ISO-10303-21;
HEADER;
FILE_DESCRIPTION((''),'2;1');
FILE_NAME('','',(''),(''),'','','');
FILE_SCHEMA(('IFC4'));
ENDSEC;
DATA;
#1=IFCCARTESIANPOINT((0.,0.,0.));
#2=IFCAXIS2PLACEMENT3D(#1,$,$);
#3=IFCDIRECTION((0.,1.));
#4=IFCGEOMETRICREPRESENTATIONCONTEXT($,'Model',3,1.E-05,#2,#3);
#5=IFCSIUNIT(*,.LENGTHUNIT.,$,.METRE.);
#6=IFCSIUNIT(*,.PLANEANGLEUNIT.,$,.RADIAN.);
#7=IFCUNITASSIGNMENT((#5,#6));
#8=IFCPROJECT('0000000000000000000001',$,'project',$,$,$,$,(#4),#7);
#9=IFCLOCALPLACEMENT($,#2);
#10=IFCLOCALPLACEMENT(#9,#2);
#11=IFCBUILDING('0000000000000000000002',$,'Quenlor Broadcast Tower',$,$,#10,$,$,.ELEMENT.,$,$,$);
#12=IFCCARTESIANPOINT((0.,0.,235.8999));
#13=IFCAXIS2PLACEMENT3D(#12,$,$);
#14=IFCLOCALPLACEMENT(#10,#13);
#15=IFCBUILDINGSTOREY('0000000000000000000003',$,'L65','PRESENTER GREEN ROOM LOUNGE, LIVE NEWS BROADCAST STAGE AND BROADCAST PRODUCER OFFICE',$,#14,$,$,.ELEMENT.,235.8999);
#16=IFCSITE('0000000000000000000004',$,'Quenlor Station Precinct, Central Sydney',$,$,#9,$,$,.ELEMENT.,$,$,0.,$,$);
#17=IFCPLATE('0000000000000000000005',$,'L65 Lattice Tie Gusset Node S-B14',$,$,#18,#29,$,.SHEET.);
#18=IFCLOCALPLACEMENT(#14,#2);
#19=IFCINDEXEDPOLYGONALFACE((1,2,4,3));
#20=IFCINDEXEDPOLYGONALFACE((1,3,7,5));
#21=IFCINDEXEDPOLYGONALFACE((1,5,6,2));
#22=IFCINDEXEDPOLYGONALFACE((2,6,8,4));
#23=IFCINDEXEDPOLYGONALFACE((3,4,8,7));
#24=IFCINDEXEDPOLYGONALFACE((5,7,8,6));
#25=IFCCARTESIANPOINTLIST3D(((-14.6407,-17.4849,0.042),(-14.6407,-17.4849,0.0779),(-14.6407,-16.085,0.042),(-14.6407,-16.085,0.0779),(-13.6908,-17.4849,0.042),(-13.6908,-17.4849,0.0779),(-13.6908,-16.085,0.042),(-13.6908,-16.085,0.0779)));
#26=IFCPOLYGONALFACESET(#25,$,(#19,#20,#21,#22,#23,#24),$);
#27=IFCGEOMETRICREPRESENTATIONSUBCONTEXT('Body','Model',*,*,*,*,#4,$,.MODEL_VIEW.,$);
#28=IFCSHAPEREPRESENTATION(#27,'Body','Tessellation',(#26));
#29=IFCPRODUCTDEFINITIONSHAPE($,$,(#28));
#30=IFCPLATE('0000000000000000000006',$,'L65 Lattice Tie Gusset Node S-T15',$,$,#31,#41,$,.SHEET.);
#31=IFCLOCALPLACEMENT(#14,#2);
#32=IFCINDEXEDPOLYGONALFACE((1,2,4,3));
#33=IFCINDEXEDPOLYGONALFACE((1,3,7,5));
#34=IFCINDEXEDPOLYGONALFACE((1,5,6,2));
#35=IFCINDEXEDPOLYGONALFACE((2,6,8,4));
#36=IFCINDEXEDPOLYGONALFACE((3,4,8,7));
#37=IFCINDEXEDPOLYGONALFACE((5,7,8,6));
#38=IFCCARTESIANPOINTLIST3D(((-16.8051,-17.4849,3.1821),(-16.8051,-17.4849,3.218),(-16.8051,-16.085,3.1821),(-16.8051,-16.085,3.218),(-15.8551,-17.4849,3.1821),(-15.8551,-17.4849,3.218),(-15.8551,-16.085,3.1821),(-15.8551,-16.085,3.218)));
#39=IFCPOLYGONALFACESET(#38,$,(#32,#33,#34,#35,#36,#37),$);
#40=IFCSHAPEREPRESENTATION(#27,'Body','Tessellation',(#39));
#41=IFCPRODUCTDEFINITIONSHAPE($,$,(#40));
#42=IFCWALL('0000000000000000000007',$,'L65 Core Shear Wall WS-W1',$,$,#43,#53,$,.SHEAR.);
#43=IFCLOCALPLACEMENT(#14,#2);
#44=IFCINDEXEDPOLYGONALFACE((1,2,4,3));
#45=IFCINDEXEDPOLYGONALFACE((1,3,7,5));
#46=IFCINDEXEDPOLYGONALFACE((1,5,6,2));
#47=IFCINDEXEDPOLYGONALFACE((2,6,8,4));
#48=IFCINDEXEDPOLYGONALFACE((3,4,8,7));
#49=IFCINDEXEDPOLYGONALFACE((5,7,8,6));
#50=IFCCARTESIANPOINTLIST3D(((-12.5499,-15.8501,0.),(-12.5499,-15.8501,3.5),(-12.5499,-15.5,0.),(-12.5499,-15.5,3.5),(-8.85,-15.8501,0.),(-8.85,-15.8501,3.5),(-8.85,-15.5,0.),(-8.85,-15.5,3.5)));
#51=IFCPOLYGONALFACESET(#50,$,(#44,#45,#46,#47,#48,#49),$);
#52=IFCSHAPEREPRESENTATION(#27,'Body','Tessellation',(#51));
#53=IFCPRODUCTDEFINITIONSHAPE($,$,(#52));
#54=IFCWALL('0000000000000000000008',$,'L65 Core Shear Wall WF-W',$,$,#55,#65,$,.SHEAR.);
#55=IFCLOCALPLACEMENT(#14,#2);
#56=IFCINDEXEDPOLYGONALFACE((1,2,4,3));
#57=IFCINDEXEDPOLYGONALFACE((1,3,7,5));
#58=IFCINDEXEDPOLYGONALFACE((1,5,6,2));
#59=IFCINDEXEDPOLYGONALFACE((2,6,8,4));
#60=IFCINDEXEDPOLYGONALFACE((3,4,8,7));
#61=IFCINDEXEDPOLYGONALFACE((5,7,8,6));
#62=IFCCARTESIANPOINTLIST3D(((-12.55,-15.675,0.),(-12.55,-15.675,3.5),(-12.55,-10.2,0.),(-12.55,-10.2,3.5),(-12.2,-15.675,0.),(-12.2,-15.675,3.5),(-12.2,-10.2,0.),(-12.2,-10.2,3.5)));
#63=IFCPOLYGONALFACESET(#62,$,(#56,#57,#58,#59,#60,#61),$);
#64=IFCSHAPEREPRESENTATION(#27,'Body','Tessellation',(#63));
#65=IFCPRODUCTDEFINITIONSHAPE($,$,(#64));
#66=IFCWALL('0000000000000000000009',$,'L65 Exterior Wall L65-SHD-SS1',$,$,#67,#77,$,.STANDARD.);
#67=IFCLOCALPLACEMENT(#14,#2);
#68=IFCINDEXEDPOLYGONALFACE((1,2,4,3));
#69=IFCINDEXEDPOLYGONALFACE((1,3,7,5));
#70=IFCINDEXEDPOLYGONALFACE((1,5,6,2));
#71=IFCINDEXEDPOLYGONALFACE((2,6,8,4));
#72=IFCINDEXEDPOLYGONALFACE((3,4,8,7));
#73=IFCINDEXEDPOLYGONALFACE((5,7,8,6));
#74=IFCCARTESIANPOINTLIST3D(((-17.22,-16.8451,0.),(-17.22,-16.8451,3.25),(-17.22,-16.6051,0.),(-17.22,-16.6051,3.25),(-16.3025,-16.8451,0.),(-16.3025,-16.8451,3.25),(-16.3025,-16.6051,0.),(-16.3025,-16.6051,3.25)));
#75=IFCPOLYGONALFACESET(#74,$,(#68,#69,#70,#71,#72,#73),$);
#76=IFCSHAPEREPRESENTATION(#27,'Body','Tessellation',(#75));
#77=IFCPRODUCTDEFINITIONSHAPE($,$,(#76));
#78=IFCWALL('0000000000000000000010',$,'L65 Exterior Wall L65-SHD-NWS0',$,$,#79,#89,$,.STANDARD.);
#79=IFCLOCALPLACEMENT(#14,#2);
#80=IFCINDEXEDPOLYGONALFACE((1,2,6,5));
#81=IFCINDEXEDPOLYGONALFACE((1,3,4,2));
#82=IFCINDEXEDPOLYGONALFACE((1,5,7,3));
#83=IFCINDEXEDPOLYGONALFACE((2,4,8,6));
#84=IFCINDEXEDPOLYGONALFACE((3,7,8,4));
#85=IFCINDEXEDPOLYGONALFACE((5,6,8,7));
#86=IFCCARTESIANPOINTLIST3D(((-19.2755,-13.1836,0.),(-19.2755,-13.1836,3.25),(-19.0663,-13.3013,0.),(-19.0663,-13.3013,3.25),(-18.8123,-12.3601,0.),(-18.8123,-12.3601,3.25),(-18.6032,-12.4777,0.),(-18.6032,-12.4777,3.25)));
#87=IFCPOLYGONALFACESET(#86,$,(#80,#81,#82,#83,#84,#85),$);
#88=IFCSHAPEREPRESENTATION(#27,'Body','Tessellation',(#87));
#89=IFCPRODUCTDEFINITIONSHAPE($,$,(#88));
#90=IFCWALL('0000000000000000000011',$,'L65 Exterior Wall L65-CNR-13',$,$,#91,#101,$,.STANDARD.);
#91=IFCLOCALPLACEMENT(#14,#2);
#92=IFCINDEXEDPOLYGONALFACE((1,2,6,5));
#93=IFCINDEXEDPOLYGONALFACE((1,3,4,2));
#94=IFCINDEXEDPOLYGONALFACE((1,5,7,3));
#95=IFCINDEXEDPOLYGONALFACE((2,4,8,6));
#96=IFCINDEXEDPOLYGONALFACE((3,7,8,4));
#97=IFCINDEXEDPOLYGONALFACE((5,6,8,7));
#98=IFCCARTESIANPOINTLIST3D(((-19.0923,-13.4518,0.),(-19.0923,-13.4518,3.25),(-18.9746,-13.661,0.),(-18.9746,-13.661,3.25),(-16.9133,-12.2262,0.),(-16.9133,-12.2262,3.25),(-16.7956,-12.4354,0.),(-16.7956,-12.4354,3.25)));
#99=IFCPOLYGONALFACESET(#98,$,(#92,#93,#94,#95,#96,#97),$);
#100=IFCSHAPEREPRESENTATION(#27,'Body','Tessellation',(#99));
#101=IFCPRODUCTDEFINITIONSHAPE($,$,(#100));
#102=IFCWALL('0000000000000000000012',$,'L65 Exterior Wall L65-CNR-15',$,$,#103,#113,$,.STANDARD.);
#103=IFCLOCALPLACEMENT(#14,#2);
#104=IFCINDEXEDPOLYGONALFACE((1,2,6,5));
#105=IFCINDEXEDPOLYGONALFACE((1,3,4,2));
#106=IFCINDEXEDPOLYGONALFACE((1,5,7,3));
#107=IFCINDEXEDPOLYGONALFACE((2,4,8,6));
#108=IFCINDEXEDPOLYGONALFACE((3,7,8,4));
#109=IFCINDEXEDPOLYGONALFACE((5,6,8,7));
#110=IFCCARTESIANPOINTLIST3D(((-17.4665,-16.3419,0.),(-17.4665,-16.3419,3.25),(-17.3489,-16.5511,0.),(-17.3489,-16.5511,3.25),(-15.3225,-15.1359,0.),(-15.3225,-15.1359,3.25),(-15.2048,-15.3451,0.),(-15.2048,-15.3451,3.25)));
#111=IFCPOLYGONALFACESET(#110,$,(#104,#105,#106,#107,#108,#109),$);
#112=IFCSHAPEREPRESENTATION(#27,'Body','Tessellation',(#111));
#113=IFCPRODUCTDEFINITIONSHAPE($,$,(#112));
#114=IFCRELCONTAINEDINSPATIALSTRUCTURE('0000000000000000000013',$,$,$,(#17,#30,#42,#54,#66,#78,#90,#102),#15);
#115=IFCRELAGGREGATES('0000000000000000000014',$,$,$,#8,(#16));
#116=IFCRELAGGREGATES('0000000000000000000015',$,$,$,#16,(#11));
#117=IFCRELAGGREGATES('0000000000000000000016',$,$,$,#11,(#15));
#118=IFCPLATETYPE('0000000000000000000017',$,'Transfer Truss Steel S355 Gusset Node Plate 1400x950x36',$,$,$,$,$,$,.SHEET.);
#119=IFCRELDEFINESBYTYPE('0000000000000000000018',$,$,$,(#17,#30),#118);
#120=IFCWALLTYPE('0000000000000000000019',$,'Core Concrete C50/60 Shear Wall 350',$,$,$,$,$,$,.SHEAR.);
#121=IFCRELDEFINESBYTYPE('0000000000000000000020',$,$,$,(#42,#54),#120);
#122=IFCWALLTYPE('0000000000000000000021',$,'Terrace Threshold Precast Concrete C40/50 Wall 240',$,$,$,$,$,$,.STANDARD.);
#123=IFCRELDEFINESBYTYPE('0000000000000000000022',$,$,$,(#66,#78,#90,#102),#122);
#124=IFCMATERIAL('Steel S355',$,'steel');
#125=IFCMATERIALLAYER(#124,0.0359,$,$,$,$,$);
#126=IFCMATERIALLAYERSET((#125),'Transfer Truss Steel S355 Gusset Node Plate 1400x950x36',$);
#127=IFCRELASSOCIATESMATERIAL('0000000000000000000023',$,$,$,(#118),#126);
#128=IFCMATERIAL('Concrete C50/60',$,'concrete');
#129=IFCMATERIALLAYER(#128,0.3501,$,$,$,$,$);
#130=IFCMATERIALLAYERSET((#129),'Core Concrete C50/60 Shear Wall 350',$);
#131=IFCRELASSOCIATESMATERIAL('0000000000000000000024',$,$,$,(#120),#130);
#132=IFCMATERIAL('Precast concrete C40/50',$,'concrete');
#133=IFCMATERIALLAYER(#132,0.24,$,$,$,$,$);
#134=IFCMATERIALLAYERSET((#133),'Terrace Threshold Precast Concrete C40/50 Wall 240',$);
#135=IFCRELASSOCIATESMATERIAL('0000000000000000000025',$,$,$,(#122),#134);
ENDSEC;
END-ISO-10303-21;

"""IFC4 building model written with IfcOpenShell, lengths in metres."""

from ifc_helpers import new_model, si_unit, direction, frame, frame_2d, origin, origin_2d, place, context, subcontext, project, spatial, rectangle, extrude, material, layer, layer_set, type_object, element, save


model = new_model("IFC4")

# Units and contexts
model_context = context("Model", 3, precision=1e-05, world=origin(), true_north=direction((0.0, 1.0)))
body_context = subcontext(model_context, "Body", "Model", "MODEL_VIEW")
ifc_project = project(units=[si_unit("LENGTHUNIT", "METRE"), si_unit("PLANEANGLEUNIT", "RADIAN")], contexts=[model_context])

# Site, building, storey
site_placement = place(None, origin())
site = spatial("IfcSite", under=ifc_project, at=site_placement, Name="Quenlor Station Precinct, Central Sydney", CompositionType="ELEMENT", RefElevation=0.0)
building_placement = place(site_placement, origin())
building = spatial("IfcBuilding", under=site, at=building_placement, Name="Quenlor Broadcast Tower", CompositionType="ELEMENT")
storey_placement = place(building_placement, frame((0.0, 0.0, 235.8999)))
storey = spatial("IfcBuildingStorey", under=building, at=storey_placement, Name="L65", Description="PRESENTER GREEN ROOM LOUNGE, LIVE NEWS BROADCAST STAGE AND BROADCAST PRODUCER OFFICE", CompositionType="ELEMENT", Elevation=235.8999)

# Plates
ifc_material_1 = material(Name="Steel S355", Category="steel")
ifc_layer_1 = layer(ifc_material_1, 0.0359)
ifc_layer_set_1 = layer_set([ifc_layer_1], Name="Transfer Truss Steel S355 Gusset Node Plate 1400x950x36")
plate_type = type_object("IfcPlateType", Name="Transfer Truss Steel S355 Gusset Node Plate 1400x950x36", PredefinedType="SHEET", material=ifc_layer_set_1)
for number, where, z_axis, x_axis, name in (
    (1, (-14.1658, -16.7849, 0.042), (0.0, 0.0, 1.0), (0.0, -1.0, 0.0), "L65 Lattice Tie Gusset Node S-B14"),
    (2, (-16.3301, -16.7849, 3.1821), (0.0, 0.0, 1.0), (0.0, -1.0, 0.0), "L65 Lattice Tie Gusset Node S-T15"),
):
    element("IfcPlate", number, at=place(storey_placement, frame(where, z_axis=z_axis, x_axis=x_axis)), inside=storey, type_object=plate_type, Name=name, PredefinedType="SHEET", context=body_context, shape_type="SweptSolid", body=[
        extrude(rectangle(XDim=1.3999, YDim=0.95, at=origin_2d()), origin(), (0.0, 0.0, 1.0), 0.0359),
    ])

# Walls
ifc_material_2 = material(Name="Concrete C50/60", Category="concrete")
ifc_layer_2 = layer(ifc_material_2, 0.3501)
ifc_layer_set_2 = layer_set([ifc_layer_2], Name="Core Concrete C50/60 Shear Wall 350")
wall_type_1 = type_object("IfcWallType", Name="Core Concrete C50/60 Shear Wall 350", PredefinedType="SHEAR", material=ifc_layer_set_2)
wall_1_placement = place(storey_placement, frame((-12.55, -15.675, 0.0), z_axis=(0.0, 0.0, 1.0), x_axis=(1.0, 0.0, 0.0)))
element("IfcWall", 3, at=wall_1_placement, inside=storey, type_object=wall_type_1, Name="L65 Core Shear Wall WS-W1", PredefinedType="SHEAR", context=body_context, shape_type="SweptSolid", body=[
    extrude(rectangle(XDim=3.7, YDim=0.3501, at=frame_2d((1.8501, 0.0))), origin(), (0.0, 0.0, 1.0), 3.5),
])
wall_2_placement = place(storey_placement, frame((-12.375, -15.675, 0.0), z_axis=(0.0, 0.0, 1.0), x_axis=(0.0, 1.0, 0.0)))
element("IfcWall", 4, at=wall_2_placement, inside=storey, type_object=wall_type_1, Name="L65 Core Shear Wall WF-W", PredefinedType="SHEAR", context=body_context, shape_type="SweptSolid", body=[
    extrude(rectangle(XDim=5.4751, YDim=0.3501, at=frame_2d((2.7375, 0.0))), origin(), (0.0, 0.0, 1.0), 3.5),
])
ifc_material_3 = material(Name="Precast concrete C40/50", Category="concrete")
ifc_layer_3 = layer(ifc_material_3, 0.24)
ifc_layer_set_3 = layer_set([ifc_layer_3], Name="Terrace Threshold Precast Concrete C40/50 Wall 240")
wall_type_2 = type_object("IfcWallType", Name="Terrace Threshold Precast Concrete C40/50 Wall 240", PredefinedType="STANDARD", material=ifc_layer_set_3)
wall_3_placement = place(storey_placement, frame((-16.3025, -16.7251, 0.0), z_axis=(0.0, 0.0, 1.0), x_axis=(-1.0, 0.0, 0.0)))
element("IfcWall", 5, at=wall_3_placement, inside=storey, type_object=wall_type_2, Name="L65 Exterior Wall L65-SHD-SS1", PredefinedType="STANDARD", context=body_context, shape_type="SweptSolid", body=[
    extrude(rectangle(XDim=0.9175, YDim=0.24, at=frame_2d((0.4587, 0.0))), origin(), (0.0, 0.0, 1.0), 3.25),
])
wall_4_placement = place(storey_placement, frame((-19.1709, -13.2424, 0.0), z_axis=(0.0, 0.0, 1.0), x_axis=(0.4902, 0.87161, 0.0)))
element("IfcWall", 6, at=wall_4_placement, inside=storey, type_object=wall_type_2, Name="L65 Exterior Wall L65-SHD-NWS0", PredefinedType="STANDARD", context=body_context, shape_type="SweptSolid", body=[
    extrude(rectangle(XDim=0.9448, YDim=0.24, at=frame_2d((0.4724, 0.0))), origin(), (0.0, 0.0, 1.0), 3.25),
])
wall_5_placement = place(storey_placement, frame((-19.0334, -13.5564, 0.0), z_axis=(0.0, 0.0, 1.0), x_axis=(0.871589, 0.490238, 0.0)))
element("IfcWall", 7, at=wall_5_placement, inside=storey, type_object=wall_type_2, Name="L65 Exterior Wall L65-CNR-13", PredefinedType="STANDARD", context=body_context, shape_type="SweptSolid", body=[
    extrude(rectangle(XDim=2.5, YDim=0.24, at=frame_2d((1.25, 0.0))), origin(), (0.0, 0.0, 1.0), 3.25),
])
wall_6_placement = place(storey_placement, frame((-15.2637, -15.2405, 0.0), z_axis=(0.0, 0.0, 1.0), x_axis=(-0.87157, -0.490271, 0.0)))
element("IfcWall", 8, at=wall_6_placement, inside=storey, type_object=wall_type_2, Name="L65 Exterior Wall L65-CNR-15", PredefinedType="STANDARD", context=body_context, shape_type="SweptSolid", body=[
    extrude(rectangle(XDim=2.46, YDim=0.24, at=frame_2d((1.23, 0.0))), origin(), (0.0, 0.0, 1.0), 3.25),
])

save(model, "model.ifc")
